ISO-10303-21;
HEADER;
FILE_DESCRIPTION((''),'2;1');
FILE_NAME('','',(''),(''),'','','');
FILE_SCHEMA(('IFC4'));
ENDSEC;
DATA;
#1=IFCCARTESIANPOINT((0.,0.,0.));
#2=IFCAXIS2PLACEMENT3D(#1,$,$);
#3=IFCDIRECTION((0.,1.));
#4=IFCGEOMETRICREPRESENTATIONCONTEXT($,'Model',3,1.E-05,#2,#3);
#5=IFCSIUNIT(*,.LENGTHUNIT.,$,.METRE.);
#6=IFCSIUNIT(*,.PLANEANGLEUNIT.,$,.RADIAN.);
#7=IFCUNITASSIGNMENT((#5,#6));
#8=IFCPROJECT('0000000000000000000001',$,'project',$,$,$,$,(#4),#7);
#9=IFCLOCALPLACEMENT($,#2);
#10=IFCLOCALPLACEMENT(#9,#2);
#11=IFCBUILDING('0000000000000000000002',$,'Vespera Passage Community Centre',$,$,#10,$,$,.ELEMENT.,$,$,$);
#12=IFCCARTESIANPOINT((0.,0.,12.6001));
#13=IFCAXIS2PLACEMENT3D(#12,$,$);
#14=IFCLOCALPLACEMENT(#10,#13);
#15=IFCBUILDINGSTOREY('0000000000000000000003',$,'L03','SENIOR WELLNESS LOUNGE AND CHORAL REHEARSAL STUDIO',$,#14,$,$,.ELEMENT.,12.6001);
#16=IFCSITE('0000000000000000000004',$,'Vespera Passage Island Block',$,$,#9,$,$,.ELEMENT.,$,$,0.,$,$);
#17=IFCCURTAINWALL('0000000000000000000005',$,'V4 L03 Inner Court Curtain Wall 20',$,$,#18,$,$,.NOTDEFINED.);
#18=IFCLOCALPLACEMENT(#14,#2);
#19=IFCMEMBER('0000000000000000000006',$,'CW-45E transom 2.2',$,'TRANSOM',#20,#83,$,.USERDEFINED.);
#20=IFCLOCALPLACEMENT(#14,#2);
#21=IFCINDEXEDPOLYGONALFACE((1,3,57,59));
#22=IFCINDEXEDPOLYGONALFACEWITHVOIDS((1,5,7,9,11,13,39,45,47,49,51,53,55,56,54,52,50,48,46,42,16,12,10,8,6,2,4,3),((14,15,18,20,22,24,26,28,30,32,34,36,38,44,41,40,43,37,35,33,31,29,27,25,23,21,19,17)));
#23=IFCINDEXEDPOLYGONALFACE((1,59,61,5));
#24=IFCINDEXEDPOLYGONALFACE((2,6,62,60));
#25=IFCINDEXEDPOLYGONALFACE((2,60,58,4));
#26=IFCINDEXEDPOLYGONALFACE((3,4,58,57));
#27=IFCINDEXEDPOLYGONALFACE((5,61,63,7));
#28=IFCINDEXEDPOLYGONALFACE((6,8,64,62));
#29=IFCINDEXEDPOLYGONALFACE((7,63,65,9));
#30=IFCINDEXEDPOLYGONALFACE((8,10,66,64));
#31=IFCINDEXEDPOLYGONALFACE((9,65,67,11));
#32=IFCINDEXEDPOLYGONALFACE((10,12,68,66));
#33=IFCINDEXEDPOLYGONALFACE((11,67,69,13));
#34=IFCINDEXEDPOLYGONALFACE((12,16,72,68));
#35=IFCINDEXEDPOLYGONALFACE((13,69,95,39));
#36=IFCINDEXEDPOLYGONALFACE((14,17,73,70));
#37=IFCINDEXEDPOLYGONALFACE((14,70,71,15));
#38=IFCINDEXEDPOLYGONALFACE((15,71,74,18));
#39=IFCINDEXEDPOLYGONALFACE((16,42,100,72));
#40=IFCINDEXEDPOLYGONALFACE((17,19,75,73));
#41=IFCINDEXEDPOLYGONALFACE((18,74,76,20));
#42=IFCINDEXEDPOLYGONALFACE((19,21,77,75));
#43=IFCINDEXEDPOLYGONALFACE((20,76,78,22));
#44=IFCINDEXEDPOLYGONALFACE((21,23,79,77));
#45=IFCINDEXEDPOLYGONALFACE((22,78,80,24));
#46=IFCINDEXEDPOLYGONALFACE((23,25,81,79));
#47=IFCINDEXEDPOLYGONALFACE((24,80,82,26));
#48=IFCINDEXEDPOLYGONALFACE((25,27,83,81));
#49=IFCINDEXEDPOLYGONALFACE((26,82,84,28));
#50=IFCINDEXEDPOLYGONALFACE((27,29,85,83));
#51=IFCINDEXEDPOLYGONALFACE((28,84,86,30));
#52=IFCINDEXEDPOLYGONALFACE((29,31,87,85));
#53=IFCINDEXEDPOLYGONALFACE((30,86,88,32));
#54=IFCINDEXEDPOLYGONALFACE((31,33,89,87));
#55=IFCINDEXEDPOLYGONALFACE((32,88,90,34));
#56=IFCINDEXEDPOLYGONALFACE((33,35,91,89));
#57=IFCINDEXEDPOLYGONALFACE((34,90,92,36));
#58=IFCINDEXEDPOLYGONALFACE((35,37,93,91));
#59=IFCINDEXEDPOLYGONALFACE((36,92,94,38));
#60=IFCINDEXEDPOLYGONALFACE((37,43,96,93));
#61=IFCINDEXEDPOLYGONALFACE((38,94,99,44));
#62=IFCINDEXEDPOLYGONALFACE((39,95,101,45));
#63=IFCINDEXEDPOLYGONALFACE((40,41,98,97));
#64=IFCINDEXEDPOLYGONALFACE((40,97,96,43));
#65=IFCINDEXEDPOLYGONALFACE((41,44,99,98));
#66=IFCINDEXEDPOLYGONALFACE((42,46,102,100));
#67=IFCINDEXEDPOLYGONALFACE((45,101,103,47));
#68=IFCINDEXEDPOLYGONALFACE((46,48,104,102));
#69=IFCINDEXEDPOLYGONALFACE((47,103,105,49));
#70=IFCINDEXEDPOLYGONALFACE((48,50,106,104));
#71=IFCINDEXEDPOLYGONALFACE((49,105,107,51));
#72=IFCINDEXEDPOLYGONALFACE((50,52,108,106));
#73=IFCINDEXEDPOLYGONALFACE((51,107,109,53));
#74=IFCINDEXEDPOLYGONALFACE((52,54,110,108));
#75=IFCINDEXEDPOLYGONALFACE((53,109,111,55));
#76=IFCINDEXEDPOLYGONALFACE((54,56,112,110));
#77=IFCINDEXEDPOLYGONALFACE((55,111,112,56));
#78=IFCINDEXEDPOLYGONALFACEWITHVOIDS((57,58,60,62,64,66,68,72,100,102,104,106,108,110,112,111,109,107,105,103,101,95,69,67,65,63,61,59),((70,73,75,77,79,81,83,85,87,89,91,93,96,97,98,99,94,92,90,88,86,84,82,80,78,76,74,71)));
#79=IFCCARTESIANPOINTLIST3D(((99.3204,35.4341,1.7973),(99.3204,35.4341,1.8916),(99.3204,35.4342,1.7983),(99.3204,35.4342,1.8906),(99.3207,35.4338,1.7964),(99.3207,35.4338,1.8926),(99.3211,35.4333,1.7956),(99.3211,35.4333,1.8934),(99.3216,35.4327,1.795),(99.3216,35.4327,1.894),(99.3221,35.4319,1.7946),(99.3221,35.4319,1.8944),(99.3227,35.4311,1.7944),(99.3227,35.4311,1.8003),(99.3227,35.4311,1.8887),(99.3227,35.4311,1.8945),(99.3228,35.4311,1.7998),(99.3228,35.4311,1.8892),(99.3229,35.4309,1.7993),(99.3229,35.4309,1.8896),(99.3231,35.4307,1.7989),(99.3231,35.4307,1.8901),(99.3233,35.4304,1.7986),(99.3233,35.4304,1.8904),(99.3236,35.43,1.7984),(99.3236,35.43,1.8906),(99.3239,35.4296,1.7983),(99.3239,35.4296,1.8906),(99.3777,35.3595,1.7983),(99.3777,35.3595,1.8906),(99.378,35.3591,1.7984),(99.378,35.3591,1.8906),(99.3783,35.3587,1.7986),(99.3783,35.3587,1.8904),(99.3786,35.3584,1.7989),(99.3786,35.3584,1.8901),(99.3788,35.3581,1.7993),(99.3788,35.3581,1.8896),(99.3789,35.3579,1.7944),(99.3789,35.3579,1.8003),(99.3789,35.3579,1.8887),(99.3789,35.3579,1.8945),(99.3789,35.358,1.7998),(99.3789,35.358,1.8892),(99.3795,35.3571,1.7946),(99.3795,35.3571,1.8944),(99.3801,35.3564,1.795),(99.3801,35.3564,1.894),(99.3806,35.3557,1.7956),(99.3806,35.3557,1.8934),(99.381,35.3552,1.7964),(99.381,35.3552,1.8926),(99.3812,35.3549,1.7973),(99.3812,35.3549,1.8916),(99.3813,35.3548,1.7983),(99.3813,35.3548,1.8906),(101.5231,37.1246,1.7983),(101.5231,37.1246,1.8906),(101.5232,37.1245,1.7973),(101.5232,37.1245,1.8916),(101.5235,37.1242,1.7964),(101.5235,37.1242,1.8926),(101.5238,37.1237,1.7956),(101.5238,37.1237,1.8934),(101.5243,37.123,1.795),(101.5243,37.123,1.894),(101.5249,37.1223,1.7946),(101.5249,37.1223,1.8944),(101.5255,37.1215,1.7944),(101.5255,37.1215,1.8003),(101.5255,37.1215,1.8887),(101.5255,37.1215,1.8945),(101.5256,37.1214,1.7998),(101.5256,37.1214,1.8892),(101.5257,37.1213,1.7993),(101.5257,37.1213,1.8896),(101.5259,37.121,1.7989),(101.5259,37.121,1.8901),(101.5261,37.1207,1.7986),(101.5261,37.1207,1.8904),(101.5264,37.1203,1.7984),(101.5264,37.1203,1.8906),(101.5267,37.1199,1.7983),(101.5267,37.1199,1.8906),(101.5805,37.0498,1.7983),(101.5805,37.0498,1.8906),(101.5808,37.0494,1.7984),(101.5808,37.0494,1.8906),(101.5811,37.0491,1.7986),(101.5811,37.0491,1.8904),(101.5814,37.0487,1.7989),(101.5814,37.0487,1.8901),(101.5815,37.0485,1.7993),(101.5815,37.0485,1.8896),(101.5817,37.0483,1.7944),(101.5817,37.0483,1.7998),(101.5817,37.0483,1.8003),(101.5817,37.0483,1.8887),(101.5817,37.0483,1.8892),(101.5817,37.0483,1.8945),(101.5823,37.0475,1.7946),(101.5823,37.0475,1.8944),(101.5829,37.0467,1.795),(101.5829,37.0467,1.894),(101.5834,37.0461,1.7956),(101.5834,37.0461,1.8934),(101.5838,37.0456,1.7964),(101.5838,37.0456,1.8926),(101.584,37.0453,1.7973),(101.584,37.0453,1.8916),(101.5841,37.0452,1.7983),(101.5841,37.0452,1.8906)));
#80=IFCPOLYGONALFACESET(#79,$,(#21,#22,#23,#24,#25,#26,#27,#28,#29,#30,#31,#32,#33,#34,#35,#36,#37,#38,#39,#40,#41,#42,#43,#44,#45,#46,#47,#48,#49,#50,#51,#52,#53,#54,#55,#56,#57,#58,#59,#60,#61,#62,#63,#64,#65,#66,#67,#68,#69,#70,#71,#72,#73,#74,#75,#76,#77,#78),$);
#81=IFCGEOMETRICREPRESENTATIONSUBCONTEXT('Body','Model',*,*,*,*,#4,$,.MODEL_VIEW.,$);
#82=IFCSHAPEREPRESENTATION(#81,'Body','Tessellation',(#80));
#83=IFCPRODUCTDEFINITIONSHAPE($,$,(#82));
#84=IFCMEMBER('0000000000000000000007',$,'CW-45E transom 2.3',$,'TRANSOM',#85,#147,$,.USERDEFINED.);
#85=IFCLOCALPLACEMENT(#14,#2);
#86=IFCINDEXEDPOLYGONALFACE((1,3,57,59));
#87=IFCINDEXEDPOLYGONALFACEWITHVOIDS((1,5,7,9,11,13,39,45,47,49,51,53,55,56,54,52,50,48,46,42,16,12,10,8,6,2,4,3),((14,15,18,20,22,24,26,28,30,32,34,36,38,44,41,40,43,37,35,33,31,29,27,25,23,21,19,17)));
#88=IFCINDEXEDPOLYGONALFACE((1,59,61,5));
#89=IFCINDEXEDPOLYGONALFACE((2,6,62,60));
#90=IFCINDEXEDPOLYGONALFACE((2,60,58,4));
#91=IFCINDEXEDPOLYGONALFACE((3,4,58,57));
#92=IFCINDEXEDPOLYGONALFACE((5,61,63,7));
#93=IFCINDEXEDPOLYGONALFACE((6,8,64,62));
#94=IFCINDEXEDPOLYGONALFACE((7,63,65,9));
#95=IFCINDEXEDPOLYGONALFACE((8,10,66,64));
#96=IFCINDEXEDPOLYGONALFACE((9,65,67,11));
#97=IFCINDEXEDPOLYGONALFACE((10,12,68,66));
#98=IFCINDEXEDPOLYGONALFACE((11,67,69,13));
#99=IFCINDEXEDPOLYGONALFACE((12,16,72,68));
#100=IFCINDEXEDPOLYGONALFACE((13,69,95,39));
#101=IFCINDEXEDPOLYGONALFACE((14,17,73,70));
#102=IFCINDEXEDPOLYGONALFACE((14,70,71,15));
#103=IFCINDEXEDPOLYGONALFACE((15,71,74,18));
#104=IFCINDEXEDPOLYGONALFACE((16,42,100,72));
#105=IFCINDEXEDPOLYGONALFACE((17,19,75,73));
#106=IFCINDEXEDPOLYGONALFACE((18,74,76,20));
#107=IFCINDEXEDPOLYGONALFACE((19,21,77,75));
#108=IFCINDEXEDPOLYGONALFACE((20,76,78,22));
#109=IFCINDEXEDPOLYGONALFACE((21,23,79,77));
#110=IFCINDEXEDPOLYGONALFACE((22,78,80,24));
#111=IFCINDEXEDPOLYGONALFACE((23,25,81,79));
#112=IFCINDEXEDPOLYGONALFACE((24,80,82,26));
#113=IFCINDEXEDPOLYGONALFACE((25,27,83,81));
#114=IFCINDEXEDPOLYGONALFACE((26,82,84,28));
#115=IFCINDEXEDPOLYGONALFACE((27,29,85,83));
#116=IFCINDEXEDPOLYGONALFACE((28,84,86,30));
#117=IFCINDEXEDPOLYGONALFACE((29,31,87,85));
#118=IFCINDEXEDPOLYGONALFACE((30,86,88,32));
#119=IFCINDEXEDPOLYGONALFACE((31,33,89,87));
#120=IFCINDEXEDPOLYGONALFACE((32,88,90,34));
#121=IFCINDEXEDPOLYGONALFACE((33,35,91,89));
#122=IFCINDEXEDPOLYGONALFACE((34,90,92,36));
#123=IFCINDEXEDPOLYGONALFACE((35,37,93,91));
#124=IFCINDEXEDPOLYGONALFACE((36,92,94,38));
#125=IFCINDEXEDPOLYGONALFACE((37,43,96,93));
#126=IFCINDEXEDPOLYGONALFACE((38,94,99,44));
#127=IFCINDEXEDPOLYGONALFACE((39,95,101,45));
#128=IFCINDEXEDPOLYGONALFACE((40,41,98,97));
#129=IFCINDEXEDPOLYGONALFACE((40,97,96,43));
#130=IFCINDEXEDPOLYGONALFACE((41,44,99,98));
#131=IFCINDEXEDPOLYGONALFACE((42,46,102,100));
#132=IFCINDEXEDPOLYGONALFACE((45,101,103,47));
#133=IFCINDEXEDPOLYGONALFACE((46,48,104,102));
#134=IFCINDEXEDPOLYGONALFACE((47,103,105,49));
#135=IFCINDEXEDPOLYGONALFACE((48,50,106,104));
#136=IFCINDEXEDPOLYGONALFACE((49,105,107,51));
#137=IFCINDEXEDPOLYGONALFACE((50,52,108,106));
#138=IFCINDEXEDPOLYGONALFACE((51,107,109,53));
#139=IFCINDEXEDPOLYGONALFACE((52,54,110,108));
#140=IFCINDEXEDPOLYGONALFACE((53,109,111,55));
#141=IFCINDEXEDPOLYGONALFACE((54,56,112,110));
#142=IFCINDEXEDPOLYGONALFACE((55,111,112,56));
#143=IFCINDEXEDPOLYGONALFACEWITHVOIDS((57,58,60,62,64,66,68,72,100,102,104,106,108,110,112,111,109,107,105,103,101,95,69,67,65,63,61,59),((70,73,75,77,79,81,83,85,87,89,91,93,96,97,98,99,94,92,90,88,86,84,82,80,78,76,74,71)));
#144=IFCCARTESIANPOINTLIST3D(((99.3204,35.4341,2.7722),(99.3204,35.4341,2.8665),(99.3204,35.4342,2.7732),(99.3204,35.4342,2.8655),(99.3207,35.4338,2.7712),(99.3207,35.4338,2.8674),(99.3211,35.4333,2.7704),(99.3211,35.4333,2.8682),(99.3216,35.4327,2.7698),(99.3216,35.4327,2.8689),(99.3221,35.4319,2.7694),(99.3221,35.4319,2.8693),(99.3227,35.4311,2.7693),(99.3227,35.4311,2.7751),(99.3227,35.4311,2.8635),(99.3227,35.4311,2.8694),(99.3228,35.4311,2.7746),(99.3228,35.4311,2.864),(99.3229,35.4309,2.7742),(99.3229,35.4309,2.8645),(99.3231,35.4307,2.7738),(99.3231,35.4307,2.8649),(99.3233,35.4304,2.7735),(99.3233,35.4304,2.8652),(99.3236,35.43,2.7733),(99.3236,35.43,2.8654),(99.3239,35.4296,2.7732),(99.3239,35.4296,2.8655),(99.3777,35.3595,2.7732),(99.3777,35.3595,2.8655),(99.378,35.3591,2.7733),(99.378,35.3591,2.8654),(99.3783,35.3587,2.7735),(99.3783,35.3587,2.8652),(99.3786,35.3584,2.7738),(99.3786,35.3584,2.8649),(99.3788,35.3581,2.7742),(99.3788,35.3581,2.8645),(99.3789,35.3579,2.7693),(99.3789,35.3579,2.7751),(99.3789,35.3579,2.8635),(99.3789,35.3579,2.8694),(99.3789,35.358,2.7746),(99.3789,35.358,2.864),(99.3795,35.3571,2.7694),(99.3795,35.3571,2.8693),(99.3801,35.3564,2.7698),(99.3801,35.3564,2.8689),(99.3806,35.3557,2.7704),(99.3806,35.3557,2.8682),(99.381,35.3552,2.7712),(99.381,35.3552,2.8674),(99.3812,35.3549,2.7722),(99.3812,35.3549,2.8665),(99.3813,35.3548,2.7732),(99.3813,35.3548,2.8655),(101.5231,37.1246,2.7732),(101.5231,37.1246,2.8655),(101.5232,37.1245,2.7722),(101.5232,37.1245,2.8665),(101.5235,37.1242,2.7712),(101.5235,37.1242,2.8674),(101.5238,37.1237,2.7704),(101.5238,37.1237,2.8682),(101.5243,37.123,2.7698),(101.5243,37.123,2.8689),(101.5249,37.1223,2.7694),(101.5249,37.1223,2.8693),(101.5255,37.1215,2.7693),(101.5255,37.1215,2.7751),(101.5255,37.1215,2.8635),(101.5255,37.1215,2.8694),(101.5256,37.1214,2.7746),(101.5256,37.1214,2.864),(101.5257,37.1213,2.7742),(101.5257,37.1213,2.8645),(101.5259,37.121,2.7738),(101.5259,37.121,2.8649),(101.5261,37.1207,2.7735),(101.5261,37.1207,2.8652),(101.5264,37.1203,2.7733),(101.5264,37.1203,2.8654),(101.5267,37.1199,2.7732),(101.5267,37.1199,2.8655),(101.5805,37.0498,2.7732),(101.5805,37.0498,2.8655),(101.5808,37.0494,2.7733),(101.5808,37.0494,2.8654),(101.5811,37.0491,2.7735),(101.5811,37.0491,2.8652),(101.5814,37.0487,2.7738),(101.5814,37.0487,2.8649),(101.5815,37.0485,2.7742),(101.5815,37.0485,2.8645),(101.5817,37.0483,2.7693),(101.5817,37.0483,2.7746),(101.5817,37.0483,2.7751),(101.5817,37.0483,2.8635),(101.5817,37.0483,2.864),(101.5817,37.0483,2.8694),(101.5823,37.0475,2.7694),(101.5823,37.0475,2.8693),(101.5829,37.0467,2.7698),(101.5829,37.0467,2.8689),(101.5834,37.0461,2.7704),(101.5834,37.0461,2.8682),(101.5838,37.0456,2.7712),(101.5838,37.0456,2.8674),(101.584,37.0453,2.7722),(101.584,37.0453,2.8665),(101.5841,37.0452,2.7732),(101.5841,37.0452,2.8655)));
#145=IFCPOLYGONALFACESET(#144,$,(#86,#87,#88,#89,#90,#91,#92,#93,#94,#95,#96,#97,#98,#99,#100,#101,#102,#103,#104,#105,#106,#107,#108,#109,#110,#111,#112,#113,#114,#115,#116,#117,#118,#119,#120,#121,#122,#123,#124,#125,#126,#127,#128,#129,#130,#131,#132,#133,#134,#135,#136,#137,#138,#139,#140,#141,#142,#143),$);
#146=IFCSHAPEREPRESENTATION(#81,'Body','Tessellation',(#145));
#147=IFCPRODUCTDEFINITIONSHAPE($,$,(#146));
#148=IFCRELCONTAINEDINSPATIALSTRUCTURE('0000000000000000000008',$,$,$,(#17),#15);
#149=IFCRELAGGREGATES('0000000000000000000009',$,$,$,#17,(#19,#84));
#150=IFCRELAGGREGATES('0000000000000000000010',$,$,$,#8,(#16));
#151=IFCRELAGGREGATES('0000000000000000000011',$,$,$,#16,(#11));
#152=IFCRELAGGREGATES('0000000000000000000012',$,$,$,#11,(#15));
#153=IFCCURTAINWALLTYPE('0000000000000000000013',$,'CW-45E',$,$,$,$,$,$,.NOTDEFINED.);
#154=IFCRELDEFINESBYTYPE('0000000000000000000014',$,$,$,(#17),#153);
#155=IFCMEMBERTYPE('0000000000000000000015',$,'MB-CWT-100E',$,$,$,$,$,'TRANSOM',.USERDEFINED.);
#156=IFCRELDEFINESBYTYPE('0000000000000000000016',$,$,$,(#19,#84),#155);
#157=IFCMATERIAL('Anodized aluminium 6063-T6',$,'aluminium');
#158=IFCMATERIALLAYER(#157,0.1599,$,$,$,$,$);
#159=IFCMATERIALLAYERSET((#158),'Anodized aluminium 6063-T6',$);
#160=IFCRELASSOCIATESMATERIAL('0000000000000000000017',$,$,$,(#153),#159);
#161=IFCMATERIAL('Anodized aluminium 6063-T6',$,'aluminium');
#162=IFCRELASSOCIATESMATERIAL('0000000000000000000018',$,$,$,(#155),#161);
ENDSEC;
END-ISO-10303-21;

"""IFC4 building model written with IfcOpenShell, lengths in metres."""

from ifc_helpers import new_model, si_unit, direction, frame, origin, origin_2d, place, context, subcontext, project, spatial, hollow_rectangle, extrude, material, layer, layer_set, material_profile, profile_set, type_object, element, aggregate, save


model = new_model("IFC4")

# Units and contexts
model_context = context("Model", 3, precision=1e-05, world=origin(), true_north=direction((0.0, 1.0)))
body_context = subcontext(model_context, "Body", "Model", "MODEL_VIEW")
ifc_project = project(units=[si_unit("LENGTHUNIT", "METRE"), si_unit("PLANEANGLEUNIT", "RADIAN")], contexts=[model_context])

# Site, building, storey
site_placement = place(None, origin())
site = spatial("IfcSite", under=ifc_project, at=site_placement, Name="Vespera Passage Island Block", CompositionType="ELEMENT", RefElevation=0.0)
building_placement = place(site_placement, origin())
building = spatial("IfcBuilding", under=site, at=building_placement, Name="Vespera Passage Community Centre", CompositionType="ELEMENT")
storey_placement = place(building_placement, frame((0.0, 0.0, 12.6001)))
storey = spatial("IfcBuildingStorey", under=building, at=storey_placement, Name="L03", Description="SENIOR WELLNESS LOUNGE AND CHORAL REHEARSAL STUDIO", CompositionType="ELEMENT", Elevation=12.6001)

# Curtain wall, members
ifc_material_1 = material(Name="Anodized aluminium 6063-T6", Category="aluminium")
ifc_layer_1 = layer(ifc_material_1, 0.1599)
ifc_layer_set_1 = layer_set([ifc_layer_1], Name="Anodized aluminium 6063-T6")
curtain_wall_type = type_object("IfcCurtainWallType", Name="CW-45E", PredefinedType="NOTDEFINED", material=ifc_layer_set_1)
curtain_wall_placement = place(storey_placement, origin())
curtain_wall = element("IfcCurtainWall", 1, at=curtain_wall_placement, inside=storey, type_object=curtain_wall_type, Name="V4 L03 Inner Court Curtain Wall 20", PredefinedType="NOTDEFINED")
ifc_material_2 = material(Name="Anodized aluminium 6063-T6", Category="aluminium")
ifc_material_profile_1 = material_profile(ifc_material_2, hollow_rectangle(XDim=0.1001, YDim=0.1001, WallThickness=0.0039, InnerFilletRadius=0.002, OuterFilletRadius=0.0039, at=origin_2d()), Name="ALU100X100X4")
ifc_profile_set_1 = profile_set([ifc_material_profile_1], Name="Anodized aluminium 6063-T6")
member_type_1 = type_object("IfcMemberType", Name="MB-CWT-100E", ElementType="TRANSOM", PredefinedType="USERDEFINED", material=ifc_profile_set_1)
member_1_placement = place(storey_placement, frame((99.3508, 35.3945, 1.8445), z_axis=(0.793336, 0.608784, 0.0), x_axis=(-0.608784, 0.793336, 0.0)))
member_1 = element("IfcMember", 2, at=member_1_placement, type_object=member_type_1, Name="CW-45E transom 2.2", ObjectType="TRANSOM", PredefinedType="USERDEFINED", context=body_context, shape_type="SweptSolid", body=[
    extrude(hollow_rectangle(XDim=0.1001, YDim=0.1001, WallThickness=0.0039, InnerFilletRadius=0.002, OuterFilletRadius=0.0039, at=origin_2d()), origin(), (0.0, 0.0, 1.0), 2.7766),
])
member_2_placement = place(storey_placement, frame((99.3508, 35.3945, 2.8193), z_axis=(0.793336, 0.608784, 0.0), x_axis=(-0.608784, 0.793336, 0.0)))
member_2 = element("IfcMember", 3, at=member_2_placement, type_object=member_type_1, Name="CW-45E transom 2.3", ObjectType="TRANSOM", PredefinedType="USERDEFINED", context=body_context, shape_type="SweptSolid", body=[
    extrude(hollow_rectangle(XDim=0.1001, YDim=0.1001, WallThickness=0.0039, InnerFilletRadius=0.002, OuterFilletRadius=0.0039, at=origin_2d()), origin(), (0.0, 0.0, 1.0), 2.7766),
])
aggregate(curtain_wall, [member_1, member_2])

save(model, "model.ifc")
